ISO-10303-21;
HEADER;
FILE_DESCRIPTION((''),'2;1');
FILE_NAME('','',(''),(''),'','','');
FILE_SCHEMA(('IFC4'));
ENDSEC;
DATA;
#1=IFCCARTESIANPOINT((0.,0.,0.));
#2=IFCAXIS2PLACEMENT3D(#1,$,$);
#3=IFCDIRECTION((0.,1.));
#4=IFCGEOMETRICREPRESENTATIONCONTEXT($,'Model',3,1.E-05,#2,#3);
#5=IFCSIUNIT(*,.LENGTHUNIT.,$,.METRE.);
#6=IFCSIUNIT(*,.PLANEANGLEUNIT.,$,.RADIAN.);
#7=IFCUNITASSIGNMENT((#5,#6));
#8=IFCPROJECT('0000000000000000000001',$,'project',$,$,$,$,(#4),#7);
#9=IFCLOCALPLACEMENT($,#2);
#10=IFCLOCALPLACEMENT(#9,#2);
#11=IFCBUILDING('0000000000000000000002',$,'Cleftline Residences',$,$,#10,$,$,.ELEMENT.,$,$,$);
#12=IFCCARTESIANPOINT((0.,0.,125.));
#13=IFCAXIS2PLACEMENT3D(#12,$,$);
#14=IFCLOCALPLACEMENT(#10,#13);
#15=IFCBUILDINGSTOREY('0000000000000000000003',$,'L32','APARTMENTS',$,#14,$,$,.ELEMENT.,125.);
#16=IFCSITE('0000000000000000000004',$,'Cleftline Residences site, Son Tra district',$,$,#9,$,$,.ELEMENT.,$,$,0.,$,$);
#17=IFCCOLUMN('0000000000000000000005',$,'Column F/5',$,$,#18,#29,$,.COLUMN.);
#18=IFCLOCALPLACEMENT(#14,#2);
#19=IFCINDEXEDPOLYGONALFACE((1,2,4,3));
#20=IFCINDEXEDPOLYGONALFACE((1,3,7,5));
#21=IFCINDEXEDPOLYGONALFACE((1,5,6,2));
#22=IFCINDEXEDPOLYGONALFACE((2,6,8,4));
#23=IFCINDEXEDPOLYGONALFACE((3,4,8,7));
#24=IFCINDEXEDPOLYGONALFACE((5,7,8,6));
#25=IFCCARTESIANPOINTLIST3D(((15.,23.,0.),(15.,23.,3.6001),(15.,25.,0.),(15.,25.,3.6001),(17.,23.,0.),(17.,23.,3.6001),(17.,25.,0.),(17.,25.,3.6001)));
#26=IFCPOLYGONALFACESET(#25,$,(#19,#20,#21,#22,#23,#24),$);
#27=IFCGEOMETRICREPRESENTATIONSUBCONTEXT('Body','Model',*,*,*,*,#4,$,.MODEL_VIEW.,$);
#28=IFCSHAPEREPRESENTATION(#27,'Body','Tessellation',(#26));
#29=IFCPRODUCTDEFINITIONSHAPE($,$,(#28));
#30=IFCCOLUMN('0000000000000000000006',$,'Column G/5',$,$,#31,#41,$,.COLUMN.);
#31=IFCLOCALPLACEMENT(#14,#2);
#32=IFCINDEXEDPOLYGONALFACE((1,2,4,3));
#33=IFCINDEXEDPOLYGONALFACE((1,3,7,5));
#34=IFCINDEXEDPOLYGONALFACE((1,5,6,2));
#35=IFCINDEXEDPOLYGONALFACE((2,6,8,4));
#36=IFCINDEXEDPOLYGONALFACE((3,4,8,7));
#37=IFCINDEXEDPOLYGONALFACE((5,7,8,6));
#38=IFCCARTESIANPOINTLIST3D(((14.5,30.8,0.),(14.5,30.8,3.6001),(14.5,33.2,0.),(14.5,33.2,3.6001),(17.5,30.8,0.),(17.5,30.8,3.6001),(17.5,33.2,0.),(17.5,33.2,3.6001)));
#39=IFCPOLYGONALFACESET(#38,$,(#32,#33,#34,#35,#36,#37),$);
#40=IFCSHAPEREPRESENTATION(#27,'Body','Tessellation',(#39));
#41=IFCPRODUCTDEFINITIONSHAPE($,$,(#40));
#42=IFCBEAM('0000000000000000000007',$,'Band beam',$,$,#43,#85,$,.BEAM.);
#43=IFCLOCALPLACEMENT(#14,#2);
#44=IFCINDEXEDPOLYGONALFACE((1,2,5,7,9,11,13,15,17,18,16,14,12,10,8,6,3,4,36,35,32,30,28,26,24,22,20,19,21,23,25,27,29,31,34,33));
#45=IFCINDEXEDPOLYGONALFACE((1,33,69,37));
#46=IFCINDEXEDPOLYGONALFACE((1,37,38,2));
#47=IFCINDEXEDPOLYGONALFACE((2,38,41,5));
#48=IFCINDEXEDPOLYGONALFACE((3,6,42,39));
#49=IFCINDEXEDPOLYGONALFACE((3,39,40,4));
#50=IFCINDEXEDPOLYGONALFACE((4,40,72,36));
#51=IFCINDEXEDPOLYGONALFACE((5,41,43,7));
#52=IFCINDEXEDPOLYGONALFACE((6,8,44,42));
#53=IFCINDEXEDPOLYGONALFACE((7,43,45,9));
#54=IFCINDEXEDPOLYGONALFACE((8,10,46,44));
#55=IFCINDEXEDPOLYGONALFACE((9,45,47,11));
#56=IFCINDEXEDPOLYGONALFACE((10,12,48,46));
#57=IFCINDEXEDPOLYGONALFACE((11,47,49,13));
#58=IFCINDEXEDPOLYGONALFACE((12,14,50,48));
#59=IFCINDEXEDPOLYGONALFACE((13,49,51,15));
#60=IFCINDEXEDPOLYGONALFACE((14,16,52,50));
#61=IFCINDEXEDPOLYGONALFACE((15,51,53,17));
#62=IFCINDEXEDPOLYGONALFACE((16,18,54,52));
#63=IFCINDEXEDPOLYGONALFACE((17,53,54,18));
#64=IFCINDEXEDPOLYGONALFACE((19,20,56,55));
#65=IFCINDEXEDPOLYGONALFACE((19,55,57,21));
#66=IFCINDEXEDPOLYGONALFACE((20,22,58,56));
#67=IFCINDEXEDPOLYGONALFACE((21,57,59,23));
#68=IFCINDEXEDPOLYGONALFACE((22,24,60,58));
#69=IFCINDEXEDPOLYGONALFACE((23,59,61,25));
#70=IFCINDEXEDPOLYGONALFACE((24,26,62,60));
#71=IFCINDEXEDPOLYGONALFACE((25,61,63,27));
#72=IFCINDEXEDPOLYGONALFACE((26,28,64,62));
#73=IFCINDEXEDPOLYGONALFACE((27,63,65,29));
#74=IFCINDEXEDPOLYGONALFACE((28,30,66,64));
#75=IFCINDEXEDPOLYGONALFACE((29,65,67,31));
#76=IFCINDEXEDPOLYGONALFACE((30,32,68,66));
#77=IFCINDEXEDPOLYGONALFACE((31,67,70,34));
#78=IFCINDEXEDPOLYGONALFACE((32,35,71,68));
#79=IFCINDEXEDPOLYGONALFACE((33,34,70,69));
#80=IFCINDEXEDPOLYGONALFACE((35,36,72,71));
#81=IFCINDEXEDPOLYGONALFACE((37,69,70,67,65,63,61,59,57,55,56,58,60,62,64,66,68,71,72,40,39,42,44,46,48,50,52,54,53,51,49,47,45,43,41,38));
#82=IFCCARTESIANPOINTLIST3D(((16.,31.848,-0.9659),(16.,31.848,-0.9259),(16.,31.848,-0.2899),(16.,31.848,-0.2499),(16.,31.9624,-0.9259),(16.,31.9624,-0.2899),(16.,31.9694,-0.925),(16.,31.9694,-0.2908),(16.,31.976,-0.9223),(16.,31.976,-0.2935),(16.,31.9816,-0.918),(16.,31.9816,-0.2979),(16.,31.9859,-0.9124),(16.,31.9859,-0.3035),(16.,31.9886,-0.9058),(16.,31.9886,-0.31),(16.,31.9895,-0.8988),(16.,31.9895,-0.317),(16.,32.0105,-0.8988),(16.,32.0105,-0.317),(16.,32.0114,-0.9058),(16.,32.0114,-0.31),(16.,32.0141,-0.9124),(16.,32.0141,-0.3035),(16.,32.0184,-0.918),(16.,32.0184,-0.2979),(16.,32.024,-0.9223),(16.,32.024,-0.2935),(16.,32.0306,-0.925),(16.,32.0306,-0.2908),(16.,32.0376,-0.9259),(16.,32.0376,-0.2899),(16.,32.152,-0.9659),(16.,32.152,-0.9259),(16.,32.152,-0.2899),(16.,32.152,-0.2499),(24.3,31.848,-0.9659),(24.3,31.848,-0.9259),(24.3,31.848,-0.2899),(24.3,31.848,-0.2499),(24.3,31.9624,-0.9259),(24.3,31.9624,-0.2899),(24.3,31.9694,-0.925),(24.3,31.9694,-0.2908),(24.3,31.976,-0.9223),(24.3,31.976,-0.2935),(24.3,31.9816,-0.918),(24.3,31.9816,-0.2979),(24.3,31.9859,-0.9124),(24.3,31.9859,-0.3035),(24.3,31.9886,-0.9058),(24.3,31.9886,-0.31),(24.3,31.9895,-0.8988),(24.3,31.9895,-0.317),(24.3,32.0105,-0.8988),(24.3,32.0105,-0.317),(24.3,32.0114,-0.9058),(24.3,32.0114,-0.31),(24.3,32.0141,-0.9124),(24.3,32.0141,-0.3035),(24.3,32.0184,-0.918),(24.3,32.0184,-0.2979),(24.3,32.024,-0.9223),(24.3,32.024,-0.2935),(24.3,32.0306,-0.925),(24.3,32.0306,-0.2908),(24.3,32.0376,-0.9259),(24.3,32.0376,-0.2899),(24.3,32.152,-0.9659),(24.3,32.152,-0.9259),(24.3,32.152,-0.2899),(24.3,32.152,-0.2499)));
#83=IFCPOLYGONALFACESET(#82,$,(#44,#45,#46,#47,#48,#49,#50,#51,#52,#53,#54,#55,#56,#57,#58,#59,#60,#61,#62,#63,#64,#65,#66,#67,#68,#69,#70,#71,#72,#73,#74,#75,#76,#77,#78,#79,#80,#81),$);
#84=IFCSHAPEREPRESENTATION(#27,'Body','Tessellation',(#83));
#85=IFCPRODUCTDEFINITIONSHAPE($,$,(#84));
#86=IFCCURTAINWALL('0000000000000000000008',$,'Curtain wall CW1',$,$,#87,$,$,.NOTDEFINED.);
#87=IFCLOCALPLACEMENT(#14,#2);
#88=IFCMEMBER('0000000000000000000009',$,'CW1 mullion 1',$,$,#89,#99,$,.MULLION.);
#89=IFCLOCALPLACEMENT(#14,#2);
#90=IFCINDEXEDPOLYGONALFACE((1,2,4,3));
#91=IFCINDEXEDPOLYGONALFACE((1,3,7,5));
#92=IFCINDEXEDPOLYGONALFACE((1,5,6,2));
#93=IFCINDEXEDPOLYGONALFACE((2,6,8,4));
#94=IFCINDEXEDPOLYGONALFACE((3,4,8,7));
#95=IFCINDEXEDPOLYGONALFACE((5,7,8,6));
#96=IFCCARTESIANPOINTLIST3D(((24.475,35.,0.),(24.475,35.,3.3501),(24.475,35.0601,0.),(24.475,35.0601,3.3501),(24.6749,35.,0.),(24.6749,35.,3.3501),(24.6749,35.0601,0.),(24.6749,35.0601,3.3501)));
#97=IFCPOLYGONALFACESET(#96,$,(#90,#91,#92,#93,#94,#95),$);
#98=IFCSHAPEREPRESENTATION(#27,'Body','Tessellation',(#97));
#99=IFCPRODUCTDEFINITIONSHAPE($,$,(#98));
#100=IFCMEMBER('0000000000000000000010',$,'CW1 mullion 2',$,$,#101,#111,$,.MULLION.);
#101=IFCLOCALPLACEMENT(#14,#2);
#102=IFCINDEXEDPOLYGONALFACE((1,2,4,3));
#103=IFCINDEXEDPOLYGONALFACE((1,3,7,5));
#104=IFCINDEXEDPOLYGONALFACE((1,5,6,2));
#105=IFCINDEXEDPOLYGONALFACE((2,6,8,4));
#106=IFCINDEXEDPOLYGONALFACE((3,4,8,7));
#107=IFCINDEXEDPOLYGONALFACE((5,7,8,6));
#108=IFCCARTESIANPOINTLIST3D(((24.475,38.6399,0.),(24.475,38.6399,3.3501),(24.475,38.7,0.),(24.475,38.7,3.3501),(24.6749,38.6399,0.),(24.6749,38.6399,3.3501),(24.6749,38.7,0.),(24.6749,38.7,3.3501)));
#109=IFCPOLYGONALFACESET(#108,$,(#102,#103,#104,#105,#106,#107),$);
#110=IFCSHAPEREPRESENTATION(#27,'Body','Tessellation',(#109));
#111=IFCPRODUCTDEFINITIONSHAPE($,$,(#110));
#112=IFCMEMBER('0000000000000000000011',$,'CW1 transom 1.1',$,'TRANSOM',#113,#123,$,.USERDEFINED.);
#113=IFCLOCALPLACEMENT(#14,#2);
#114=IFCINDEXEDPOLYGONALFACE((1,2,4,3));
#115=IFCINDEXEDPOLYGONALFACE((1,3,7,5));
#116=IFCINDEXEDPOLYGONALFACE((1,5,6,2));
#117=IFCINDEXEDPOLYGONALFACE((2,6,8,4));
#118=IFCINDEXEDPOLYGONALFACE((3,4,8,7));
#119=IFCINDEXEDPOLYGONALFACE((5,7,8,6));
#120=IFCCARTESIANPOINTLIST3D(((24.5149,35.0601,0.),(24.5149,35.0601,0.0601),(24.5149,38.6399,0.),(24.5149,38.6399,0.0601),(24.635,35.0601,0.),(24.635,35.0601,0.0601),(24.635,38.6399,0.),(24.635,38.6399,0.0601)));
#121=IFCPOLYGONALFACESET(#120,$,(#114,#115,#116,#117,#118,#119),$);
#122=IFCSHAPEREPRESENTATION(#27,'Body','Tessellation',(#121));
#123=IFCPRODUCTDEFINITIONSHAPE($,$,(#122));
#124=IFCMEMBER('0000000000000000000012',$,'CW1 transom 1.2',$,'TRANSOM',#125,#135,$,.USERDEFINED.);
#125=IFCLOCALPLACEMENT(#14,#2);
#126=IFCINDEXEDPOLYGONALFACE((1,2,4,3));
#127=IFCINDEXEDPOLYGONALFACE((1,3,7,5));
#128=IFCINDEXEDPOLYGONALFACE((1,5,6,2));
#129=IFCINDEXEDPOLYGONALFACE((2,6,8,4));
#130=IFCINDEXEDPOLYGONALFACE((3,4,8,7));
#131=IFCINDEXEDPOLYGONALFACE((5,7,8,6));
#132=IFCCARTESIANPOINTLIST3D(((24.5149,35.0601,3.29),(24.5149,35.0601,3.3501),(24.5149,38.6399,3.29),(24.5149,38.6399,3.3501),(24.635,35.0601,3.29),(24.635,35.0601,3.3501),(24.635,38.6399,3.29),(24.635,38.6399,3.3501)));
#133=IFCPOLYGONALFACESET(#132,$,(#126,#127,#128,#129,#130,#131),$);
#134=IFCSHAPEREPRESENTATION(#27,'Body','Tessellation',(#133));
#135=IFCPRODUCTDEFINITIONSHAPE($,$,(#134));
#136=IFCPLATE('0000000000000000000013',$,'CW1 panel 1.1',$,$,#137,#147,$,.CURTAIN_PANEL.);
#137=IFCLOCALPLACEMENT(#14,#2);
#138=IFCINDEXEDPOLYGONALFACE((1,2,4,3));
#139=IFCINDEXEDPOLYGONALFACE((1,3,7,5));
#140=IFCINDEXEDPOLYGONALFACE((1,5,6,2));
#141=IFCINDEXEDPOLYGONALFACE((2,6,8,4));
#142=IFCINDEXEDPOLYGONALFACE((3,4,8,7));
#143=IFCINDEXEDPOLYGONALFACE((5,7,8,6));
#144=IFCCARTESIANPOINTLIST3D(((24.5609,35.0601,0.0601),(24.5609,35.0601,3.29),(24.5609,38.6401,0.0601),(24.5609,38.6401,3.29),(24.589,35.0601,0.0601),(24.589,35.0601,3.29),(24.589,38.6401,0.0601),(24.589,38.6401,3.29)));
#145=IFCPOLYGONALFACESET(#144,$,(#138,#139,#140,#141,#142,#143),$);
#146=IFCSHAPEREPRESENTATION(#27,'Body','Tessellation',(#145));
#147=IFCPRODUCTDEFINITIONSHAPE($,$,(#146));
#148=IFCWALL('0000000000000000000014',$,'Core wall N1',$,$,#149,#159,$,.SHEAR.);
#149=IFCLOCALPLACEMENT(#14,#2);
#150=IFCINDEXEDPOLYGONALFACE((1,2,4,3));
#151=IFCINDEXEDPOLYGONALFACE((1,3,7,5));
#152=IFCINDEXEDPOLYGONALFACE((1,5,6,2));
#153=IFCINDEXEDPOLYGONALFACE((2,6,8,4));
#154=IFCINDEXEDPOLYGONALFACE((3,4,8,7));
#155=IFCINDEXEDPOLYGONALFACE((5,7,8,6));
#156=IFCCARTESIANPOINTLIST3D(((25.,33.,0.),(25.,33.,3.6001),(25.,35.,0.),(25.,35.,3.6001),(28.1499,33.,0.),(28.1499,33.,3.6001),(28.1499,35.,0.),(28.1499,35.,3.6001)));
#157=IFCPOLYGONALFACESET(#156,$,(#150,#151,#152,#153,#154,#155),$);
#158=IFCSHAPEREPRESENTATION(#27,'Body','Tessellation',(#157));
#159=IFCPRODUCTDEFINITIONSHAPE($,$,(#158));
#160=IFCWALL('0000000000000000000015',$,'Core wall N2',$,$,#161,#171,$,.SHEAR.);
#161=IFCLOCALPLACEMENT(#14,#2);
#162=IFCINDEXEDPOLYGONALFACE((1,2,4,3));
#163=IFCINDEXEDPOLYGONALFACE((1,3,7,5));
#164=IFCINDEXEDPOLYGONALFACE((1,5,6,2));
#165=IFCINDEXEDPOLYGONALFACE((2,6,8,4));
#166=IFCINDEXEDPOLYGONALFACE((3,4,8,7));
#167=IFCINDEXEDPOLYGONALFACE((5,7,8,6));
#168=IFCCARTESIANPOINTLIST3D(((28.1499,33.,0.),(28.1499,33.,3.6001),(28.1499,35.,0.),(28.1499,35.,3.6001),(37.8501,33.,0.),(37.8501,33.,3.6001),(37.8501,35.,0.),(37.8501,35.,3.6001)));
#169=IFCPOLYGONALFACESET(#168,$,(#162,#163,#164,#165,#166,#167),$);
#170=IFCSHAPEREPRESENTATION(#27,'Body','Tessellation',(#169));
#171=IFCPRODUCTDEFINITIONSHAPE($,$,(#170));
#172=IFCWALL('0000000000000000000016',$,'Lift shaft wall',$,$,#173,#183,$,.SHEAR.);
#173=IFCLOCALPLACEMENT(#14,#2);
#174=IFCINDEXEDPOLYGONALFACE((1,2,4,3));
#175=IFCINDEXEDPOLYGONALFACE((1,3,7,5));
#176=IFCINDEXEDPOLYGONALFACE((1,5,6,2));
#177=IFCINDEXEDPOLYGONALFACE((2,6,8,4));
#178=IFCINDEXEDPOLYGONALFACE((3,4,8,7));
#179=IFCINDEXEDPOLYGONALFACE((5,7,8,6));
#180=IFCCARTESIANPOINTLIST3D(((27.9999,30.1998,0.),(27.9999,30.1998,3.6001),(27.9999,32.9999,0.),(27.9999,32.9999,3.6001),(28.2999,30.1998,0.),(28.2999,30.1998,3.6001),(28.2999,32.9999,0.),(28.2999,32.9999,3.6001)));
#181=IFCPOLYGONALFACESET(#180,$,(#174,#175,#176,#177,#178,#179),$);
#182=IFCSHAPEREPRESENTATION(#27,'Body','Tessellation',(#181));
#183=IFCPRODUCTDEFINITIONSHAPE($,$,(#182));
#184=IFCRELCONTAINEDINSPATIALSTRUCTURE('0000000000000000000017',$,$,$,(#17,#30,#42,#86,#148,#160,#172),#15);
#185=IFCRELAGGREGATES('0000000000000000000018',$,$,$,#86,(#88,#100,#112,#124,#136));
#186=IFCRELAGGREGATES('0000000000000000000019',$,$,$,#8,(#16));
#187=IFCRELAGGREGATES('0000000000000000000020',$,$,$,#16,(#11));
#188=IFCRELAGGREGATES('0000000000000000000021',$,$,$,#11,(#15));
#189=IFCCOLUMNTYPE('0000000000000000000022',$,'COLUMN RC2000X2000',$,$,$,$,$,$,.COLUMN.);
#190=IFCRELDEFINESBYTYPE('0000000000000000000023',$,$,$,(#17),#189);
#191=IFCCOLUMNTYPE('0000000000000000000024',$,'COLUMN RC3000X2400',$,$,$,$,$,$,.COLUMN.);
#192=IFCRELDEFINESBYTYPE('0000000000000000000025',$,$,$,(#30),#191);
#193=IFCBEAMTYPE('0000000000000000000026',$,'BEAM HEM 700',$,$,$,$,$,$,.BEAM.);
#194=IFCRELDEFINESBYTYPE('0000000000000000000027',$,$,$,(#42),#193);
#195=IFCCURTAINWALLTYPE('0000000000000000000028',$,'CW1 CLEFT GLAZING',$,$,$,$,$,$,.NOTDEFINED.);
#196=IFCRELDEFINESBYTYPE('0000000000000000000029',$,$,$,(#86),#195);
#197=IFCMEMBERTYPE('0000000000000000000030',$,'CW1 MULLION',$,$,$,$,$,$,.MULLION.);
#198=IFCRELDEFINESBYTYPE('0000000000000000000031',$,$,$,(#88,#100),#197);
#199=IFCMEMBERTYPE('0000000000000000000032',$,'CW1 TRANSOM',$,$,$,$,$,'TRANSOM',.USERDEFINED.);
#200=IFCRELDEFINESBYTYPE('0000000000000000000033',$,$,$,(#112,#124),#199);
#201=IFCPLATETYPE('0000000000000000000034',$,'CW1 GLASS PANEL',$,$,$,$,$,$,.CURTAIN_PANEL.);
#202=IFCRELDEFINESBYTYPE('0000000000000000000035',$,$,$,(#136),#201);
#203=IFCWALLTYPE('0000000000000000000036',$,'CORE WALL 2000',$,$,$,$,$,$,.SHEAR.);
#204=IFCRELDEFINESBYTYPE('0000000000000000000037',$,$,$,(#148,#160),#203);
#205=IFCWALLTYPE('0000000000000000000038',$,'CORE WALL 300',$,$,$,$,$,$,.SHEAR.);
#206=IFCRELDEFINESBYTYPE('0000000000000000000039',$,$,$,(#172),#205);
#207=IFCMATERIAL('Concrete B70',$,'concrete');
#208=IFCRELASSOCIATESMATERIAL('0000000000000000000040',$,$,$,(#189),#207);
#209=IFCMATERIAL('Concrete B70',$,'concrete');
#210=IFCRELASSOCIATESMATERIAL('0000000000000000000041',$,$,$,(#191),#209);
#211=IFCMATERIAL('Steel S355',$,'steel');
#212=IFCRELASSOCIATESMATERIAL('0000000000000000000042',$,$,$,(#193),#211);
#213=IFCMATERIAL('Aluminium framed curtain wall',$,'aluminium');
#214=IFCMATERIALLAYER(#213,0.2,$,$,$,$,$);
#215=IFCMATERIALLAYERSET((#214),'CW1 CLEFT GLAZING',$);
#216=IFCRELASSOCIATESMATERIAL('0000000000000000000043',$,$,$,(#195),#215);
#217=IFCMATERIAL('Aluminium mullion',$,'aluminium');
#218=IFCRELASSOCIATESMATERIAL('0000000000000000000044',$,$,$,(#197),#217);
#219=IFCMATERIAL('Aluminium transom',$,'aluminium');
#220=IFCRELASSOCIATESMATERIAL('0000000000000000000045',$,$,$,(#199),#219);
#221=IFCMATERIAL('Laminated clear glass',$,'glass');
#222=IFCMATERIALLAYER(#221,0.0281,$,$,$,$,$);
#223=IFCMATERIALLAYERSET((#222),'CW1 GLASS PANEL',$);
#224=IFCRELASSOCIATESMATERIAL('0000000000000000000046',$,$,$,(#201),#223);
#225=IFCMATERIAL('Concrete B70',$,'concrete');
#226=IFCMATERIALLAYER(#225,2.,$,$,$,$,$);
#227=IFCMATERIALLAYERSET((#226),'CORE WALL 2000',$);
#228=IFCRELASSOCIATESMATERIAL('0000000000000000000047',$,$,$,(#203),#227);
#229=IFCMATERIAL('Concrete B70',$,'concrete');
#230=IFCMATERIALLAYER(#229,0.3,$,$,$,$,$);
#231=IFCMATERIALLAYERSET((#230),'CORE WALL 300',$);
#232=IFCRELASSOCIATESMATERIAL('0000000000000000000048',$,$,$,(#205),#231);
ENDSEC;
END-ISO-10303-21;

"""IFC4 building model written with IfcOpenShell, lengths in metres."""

from ifc_helpers import new_model, si_unit, direction, frame, frame_2d, origin, origin_2d, place, context, subcontext, project, spatial, rectangle, i_section, extrude, material, layer, layer_set, material_profile, profile_set, type_object, element, aggregate, save


model = new_model("IFC4")

# Units and contexts
model_context = context("Model", 3, precision=1e-05, world=origin(), true_north=direction((0.0, 1.0)))
body_context = subcontext(model_context, "Body", "Model", "MODEL_VIEW")
ifc_project = project(units=[si_unit("LENGTHUNIT", "METRE"), si_unit("PLANEANGLEUNIT", "RADIAN")], contexts=[model_context])

# Site, building, storey
site_placement = place(None, origin())
site = spatial("IfcSite", under=ifc_project, at=site_placement, Name="Cleftline Residences site, Son Tra district", CompositionType="ELEMENT", RefElevation=0.0)
building_placement = place(site_placement, origin())
building = spatial("IfcBuilding", under=site, at=building_placement, Name="Cleftline Residences", CompositionType="ELEMENT")
storey_placement = place(building_placement, frame((0.0, 0.0, 125.0)))
storey = spatial("IfcBuildingStorey", under=building, at=storey_placement, Name="L32", Description="APARTMENTS", CompositionType="ELEMENT", Elevation=125.0)

# Columns
ifc_material_1 = material(Name="Concrete B70", Category="concrete")
ifc_material_profile_1 = material_profile(ifc_material_1, rectangle(XDim=2.0, YDim=2.0, at=origin_2d()))
ifc_profile_set_1 = profile_set([ifc_material_profile_1], Name="Concrete B70")
column_type_1 = type_object("IfcColumnType", Name="COLUMN RC2000X2000", PredefinedType="COLUMN", material=ifc_profile_set_1)
column_1_placement = place(storey_placement, frame((16.0, 24.0, 0.0), z_axis=(0.0, 0.0, 1.0), x_axis=(1.0, 0.0, 0.0)))
element("IfcColumn", 1, at=column_1_placement, inside=storey, type_object=column_type_1, Name="Column F/5", PredefinedType="COLUMN", context=body_context, shape_type="SweptSolid", body=[
    extrude(rectangle(XDim=2.0, YDim=2.0, at=origin_2d()), origin(), (0.0, 0.0, 1.0), 3.6001),
])
ifc_material_2 = material(Name="Concrete B70", Category="concrete")
ifc_material_profile_2 = material_profile(ifc_material_2, rectangle(XDim=3.0, YDim=2.3999, at=origin_2d()))
ifc_profile_set_2 = profile_set([ifc_material_profile_2], Name="Concrete B70")
column_type_2 = type_object("IfcColumnType", Name="COLUMN RC3000X2400", PredefinedType="COLUMN", material=ifc_profile_set_2)
column_2_placement = place(storey_placement, frame((16.0, 32.0, 0.0), z_axis=(0.0, 0.0, 1.0), x_axis=(1.0, 0.0, 0.0)))
element("IfcColumn", 2, at=column_2_placement, inside=storey, type_object=column_type_2, Name="Column G/5", PredefinedType="COLUMN", context=body_context, shape_type="SweptSolid", body=[
    extrude(rectangle(XDim=3.0, YDim=2.3999, at=origin_2d()), origin(), (0.0, 0.0, 1.0), 3.6001),
])

# Beam
ifc_material_3 = material(Name="Steel S355", Category="steel")
ifc_material_profile_3 = material_profile(ifc_material_3, i_section(OverallWidth=0.304, OverallDepth=0.7161, WebThickness=0.021, FlangeThickness=0.04, FilletRadius=0.0271, at=origin_2d()))
ifc_profile_set_3 = profile_set([ifc_material_profile_3], Name="Steel S355")
beam_type = type_object("IfcBeamType", Name="BEAM HEM 700", PredefinedType="BEAM", material=ifc_profile_set_3)
beam_placement = place(storey_placement, frame((16.0, 32.0, -0.6079), z_axis=(1.0, 0.0, 0.0), x_axis=(0.0, 1.0, 0.0)))
element("IfcBeam", 3, at=beam_placement, inside=storey, type_object=beam_type, Name="Band beam", PredefinedType="BEAM", context=body_context, shape_type="SweptSolid", body=[
    extrude(i_section(OverallWidth=0.304, OverallDepth=0.7161, WebThickness=0.021, FlangeThickness=0.04, FilletRadius=0.0271, at=origin_2d()), origin(), (0.0, 0.0, 1.0), 8.3),
])

# Curtain wall, members, plate
ifc_material_4 = material(Name="Aluminium framed curtain wall", Category="aluminium")
ifc_layer_1 = layer(ifc_material_4, 0.2)
ifc_layer_set_1 = layer_set([ifc_layer_1], Name="CW1 CLEFT GLAZING")
curtain_wall_type = type_object("IfcCurtainWallType", Name="CW1 CLEFT GLAZING", PredefinedType="NOTDEFINED", material=ifc_layer_set_1)
curtain_wall_placement = place(storey_placement, origin())
curtain_wall = element("IfcCurtainWall", 4, at=curtain_wall_placement, inside=storey, type_object=curtain_wall_type, Name="Curtain wall CW1", PredefinedType="NOTDEFINED")
ifc_material_5 = material(Name="Aluminium mullion", Category="aluminium")
ifc_material_profile_4 = material_profile(ifc_material_5, rectangle(XDim=0.2, YDim=0.0601, at=origin_2d()))
ifc_profile_set_4 = profile_set([ifc_material_profile_4], Name="Aluminium mullion")
member_type_1 = type_object("IfcMemberType", Name="CW1 MULLION", PredefinedType="MULLION", material=ifc_profile_set_4)
member_1_placement = place(storey_placement, frame((24.575, 35.03, 0.0), z_axis=(0.0, 0.0, 1.0), x_axis=(-1.0, 0.0, 0.0)))
member_1 = element("IfcMember", 5, at=member_1_placement, type_object=member_type_1, Name="CW1 mullion 1", PredefinedType="MULLION", context=body_context, shape_type="SweptSolid", body=[
    extrude(rectangle(XDim=0.2, YDim=0.0601, at=origin_2d()), origin(), (0.0, 0.0, 1.0), 3.3501),
])
member_2_placement = place(storey_placement, frame((24.575, 38.6699, 0.0), z_axis=(0.0, 0.0, 1.0), x_axis=(-1.0, 0.0, 0.0)))
member_2 = element("IfcMember", 6, at=member_2_placement, type_object=member_type_1, Name="CW1 mullion 2", PredefinedType="MULLION", context=body_context, shape_type="SweptSolid", body=[
    extrude(rectangle(XDim=0.2, YDim=0.0601, at=origin_2d()), origin(), (0.0, 0.0, 1.0), 3.3501),
])
ifc_material_6 = material(Name="Aluminium transom", Category="aluminium")
ifc_material_profile_5 = material_profile(ifc_material_6, rectangle(XDim=0.1201, YDim=0.0601, at=origin_2d()))
ifc_profile_set_5 = profile_set([ifc_material_profile_5], Name="Aluminium transom")
member_type_2 = type_object("IfcMemberType", Name="CW1 TRANSOM", ElementType="TRANSOM", PredefinedType="USERDEFINED", material=ifc_profile_set_5)
member_3_placement = place(storey_placement, frame((24.575, 35.0601, 0.03), z_axis=(0.0, 1.0, 0.0), x_axis=(-1.0, 0.0, 0.0)))
member_3 = element("IfcMember", 7, at=member_3_placement, type_object=member_type_2, Name="CW1 transom 1.1", ObjectType="TRANSOM", PredefinedType="USERDEFINED", context=body_context, shape_type="SweptSolid", body=[
    extrude(rectangle(XDim=0.1201, YDim=0.0601, at=origin_2d()), origin(), (0.0, 0.0, 1.0), 3.5798),
])
member_4_placement = place(storey_placement, frame((24.575, 35.0601, 3.3201), z_axis=(0.0, 1.0, 0.0), x_axis=(-1.0, 0.0, 0.0)))
member_4 = element("IfcMember", 8, at=member_4_placement, type_object=member_type_2, Name="CW1 transom 1.2", ObjectType="TRANSOM", PredefinedType="USERDEFINED", context=body_context, shape_type="SweptSolid", body=[
    extrude(rectangle(XDim=0.1201, YDim=0.0601, at=origin_2d()), origin(), (0.0, 0.0, 1.0), 3.5798),
])
ifc_material_7 = material(Name="Laminated clear glass", Category="glass")
ifc_layer_2 = layer(ifc_material_7, 0.0281)
ifc_layer_set_2 = layer_set([ifc_layer_2], Name="CW1 GLASS PANEL")
plate_type = type_object("IfcPlateType", Name="CW1 GLASS PANEL", PredefinedType="CURTAIN_PANEL", material=ifc_layer_set_2)
plate_placement = place(storey_placement, frame((24.575, 36.8501, 0.0601), z_axis=(0.0, 0.0, 1.0), x_axis=(0.0, 1.0, 0.0)))
plate = element("IfcPlate", 9, at=plate_placement, type_object=plate_type, Name="CW1 panel 1.1", PredefinedType="CURTAIN_PANEL", context=body_context, shape_type="SweptSolid", body=[
    extrude(rectangle(XDim=3.5801, YDim=0.0281, at=origin_2d()), origin(), (0.0, 0.0, 1.0), 3.23),
])
aggregate(curtain_wall, [member_1, member_2, member_3, member_4, plate])

# Walls
ifc_material_8 = material(Name="Concrete B70", Category="concrete")
ifc_layer_3 = layer(ifc_material_8, 2.0)
ifc_layer_set_3 = layer_set([ifc_layer_3], Name="CORE WALL 2000")
wall_type_1 = type_object("IfcWallType", Name="CORE WALL 2000", PredefinedType="SHEAR", material=ifc_layer_set_3)
wall_1_placement = place(storey_placement, frame((25.0, 34.0, 0.0), z_axis=(0.0, 0.0, 1.0), x_axis=(1.0, 0.0, 0.0)))
element("IfcWall", 10, at=wall_1_placement, inside=storey, type_object=wall_type_1, Name="Core wall N1", PredefinedType="SHEAR", context=body_context, shape_type="SweptSolid", body=[
    extrude(rectangle(XDim=3.1499, YDim=2.0, at=frame_2d((1.575, 0.0))), origin(), (0.0, 0.0, 1.0), 3.6001),
])
wall_2_placement = place(storey_placement, frame((28.1499, 34.0, 0.0), z_axis=(0.0, 0.0, 1.0), x_axis=(1.0, 0.0, 0.0)))
element("IfcWall", 11, at=wall_2_placement, inside=storey, type_object=wall_type_1, Name="Core wall N2", PredefinedType="SHEAR", context=body_context, shape_type="SweptSolid", body=[
    extrude(rectangle(XDim=9.7002, YDim=2.0, at=frame_2d((4.8501, 0.0))), origin(), (0.0, 0.0, 1.0), 3.6001),
])
ifc_material_9 = material(Name="Concrete B70", Category="concrete")
ifc_layer_4 = layer(ifc_material_9, 0.3)
ifc_layer_set_4 = layer_set([ifc_layer_4], Name="CORE WALL 300")
wall_type_2 = type_object("IfcWallType", Name="CORE WALL 300", PredefinedType="SHEAR", material=ifc_layer_set_4)
wall_3_placement = place(storey_placement, frame((28.1499, 30.2, 0.0), z_axis=(0.0, 0.0, 1.0), x_axis=(0.0, 1.0, 0.0)))
element("IfcWall", 12, at=wall_3_placement, inside=storey, type_object=wall_type_2, Name="Lift shaft wall", PredefinedType="SHEAR", context=body_context, shape_type="SweptSolid", body=[
    extrude(rectangle(XDim=2.8, YDim=0.3, at=frame_2d((1.3999, 0.0))), origin(), (0.0, 0.0, 1.0), 3.6001),
])

save(model, "model.ifc")
